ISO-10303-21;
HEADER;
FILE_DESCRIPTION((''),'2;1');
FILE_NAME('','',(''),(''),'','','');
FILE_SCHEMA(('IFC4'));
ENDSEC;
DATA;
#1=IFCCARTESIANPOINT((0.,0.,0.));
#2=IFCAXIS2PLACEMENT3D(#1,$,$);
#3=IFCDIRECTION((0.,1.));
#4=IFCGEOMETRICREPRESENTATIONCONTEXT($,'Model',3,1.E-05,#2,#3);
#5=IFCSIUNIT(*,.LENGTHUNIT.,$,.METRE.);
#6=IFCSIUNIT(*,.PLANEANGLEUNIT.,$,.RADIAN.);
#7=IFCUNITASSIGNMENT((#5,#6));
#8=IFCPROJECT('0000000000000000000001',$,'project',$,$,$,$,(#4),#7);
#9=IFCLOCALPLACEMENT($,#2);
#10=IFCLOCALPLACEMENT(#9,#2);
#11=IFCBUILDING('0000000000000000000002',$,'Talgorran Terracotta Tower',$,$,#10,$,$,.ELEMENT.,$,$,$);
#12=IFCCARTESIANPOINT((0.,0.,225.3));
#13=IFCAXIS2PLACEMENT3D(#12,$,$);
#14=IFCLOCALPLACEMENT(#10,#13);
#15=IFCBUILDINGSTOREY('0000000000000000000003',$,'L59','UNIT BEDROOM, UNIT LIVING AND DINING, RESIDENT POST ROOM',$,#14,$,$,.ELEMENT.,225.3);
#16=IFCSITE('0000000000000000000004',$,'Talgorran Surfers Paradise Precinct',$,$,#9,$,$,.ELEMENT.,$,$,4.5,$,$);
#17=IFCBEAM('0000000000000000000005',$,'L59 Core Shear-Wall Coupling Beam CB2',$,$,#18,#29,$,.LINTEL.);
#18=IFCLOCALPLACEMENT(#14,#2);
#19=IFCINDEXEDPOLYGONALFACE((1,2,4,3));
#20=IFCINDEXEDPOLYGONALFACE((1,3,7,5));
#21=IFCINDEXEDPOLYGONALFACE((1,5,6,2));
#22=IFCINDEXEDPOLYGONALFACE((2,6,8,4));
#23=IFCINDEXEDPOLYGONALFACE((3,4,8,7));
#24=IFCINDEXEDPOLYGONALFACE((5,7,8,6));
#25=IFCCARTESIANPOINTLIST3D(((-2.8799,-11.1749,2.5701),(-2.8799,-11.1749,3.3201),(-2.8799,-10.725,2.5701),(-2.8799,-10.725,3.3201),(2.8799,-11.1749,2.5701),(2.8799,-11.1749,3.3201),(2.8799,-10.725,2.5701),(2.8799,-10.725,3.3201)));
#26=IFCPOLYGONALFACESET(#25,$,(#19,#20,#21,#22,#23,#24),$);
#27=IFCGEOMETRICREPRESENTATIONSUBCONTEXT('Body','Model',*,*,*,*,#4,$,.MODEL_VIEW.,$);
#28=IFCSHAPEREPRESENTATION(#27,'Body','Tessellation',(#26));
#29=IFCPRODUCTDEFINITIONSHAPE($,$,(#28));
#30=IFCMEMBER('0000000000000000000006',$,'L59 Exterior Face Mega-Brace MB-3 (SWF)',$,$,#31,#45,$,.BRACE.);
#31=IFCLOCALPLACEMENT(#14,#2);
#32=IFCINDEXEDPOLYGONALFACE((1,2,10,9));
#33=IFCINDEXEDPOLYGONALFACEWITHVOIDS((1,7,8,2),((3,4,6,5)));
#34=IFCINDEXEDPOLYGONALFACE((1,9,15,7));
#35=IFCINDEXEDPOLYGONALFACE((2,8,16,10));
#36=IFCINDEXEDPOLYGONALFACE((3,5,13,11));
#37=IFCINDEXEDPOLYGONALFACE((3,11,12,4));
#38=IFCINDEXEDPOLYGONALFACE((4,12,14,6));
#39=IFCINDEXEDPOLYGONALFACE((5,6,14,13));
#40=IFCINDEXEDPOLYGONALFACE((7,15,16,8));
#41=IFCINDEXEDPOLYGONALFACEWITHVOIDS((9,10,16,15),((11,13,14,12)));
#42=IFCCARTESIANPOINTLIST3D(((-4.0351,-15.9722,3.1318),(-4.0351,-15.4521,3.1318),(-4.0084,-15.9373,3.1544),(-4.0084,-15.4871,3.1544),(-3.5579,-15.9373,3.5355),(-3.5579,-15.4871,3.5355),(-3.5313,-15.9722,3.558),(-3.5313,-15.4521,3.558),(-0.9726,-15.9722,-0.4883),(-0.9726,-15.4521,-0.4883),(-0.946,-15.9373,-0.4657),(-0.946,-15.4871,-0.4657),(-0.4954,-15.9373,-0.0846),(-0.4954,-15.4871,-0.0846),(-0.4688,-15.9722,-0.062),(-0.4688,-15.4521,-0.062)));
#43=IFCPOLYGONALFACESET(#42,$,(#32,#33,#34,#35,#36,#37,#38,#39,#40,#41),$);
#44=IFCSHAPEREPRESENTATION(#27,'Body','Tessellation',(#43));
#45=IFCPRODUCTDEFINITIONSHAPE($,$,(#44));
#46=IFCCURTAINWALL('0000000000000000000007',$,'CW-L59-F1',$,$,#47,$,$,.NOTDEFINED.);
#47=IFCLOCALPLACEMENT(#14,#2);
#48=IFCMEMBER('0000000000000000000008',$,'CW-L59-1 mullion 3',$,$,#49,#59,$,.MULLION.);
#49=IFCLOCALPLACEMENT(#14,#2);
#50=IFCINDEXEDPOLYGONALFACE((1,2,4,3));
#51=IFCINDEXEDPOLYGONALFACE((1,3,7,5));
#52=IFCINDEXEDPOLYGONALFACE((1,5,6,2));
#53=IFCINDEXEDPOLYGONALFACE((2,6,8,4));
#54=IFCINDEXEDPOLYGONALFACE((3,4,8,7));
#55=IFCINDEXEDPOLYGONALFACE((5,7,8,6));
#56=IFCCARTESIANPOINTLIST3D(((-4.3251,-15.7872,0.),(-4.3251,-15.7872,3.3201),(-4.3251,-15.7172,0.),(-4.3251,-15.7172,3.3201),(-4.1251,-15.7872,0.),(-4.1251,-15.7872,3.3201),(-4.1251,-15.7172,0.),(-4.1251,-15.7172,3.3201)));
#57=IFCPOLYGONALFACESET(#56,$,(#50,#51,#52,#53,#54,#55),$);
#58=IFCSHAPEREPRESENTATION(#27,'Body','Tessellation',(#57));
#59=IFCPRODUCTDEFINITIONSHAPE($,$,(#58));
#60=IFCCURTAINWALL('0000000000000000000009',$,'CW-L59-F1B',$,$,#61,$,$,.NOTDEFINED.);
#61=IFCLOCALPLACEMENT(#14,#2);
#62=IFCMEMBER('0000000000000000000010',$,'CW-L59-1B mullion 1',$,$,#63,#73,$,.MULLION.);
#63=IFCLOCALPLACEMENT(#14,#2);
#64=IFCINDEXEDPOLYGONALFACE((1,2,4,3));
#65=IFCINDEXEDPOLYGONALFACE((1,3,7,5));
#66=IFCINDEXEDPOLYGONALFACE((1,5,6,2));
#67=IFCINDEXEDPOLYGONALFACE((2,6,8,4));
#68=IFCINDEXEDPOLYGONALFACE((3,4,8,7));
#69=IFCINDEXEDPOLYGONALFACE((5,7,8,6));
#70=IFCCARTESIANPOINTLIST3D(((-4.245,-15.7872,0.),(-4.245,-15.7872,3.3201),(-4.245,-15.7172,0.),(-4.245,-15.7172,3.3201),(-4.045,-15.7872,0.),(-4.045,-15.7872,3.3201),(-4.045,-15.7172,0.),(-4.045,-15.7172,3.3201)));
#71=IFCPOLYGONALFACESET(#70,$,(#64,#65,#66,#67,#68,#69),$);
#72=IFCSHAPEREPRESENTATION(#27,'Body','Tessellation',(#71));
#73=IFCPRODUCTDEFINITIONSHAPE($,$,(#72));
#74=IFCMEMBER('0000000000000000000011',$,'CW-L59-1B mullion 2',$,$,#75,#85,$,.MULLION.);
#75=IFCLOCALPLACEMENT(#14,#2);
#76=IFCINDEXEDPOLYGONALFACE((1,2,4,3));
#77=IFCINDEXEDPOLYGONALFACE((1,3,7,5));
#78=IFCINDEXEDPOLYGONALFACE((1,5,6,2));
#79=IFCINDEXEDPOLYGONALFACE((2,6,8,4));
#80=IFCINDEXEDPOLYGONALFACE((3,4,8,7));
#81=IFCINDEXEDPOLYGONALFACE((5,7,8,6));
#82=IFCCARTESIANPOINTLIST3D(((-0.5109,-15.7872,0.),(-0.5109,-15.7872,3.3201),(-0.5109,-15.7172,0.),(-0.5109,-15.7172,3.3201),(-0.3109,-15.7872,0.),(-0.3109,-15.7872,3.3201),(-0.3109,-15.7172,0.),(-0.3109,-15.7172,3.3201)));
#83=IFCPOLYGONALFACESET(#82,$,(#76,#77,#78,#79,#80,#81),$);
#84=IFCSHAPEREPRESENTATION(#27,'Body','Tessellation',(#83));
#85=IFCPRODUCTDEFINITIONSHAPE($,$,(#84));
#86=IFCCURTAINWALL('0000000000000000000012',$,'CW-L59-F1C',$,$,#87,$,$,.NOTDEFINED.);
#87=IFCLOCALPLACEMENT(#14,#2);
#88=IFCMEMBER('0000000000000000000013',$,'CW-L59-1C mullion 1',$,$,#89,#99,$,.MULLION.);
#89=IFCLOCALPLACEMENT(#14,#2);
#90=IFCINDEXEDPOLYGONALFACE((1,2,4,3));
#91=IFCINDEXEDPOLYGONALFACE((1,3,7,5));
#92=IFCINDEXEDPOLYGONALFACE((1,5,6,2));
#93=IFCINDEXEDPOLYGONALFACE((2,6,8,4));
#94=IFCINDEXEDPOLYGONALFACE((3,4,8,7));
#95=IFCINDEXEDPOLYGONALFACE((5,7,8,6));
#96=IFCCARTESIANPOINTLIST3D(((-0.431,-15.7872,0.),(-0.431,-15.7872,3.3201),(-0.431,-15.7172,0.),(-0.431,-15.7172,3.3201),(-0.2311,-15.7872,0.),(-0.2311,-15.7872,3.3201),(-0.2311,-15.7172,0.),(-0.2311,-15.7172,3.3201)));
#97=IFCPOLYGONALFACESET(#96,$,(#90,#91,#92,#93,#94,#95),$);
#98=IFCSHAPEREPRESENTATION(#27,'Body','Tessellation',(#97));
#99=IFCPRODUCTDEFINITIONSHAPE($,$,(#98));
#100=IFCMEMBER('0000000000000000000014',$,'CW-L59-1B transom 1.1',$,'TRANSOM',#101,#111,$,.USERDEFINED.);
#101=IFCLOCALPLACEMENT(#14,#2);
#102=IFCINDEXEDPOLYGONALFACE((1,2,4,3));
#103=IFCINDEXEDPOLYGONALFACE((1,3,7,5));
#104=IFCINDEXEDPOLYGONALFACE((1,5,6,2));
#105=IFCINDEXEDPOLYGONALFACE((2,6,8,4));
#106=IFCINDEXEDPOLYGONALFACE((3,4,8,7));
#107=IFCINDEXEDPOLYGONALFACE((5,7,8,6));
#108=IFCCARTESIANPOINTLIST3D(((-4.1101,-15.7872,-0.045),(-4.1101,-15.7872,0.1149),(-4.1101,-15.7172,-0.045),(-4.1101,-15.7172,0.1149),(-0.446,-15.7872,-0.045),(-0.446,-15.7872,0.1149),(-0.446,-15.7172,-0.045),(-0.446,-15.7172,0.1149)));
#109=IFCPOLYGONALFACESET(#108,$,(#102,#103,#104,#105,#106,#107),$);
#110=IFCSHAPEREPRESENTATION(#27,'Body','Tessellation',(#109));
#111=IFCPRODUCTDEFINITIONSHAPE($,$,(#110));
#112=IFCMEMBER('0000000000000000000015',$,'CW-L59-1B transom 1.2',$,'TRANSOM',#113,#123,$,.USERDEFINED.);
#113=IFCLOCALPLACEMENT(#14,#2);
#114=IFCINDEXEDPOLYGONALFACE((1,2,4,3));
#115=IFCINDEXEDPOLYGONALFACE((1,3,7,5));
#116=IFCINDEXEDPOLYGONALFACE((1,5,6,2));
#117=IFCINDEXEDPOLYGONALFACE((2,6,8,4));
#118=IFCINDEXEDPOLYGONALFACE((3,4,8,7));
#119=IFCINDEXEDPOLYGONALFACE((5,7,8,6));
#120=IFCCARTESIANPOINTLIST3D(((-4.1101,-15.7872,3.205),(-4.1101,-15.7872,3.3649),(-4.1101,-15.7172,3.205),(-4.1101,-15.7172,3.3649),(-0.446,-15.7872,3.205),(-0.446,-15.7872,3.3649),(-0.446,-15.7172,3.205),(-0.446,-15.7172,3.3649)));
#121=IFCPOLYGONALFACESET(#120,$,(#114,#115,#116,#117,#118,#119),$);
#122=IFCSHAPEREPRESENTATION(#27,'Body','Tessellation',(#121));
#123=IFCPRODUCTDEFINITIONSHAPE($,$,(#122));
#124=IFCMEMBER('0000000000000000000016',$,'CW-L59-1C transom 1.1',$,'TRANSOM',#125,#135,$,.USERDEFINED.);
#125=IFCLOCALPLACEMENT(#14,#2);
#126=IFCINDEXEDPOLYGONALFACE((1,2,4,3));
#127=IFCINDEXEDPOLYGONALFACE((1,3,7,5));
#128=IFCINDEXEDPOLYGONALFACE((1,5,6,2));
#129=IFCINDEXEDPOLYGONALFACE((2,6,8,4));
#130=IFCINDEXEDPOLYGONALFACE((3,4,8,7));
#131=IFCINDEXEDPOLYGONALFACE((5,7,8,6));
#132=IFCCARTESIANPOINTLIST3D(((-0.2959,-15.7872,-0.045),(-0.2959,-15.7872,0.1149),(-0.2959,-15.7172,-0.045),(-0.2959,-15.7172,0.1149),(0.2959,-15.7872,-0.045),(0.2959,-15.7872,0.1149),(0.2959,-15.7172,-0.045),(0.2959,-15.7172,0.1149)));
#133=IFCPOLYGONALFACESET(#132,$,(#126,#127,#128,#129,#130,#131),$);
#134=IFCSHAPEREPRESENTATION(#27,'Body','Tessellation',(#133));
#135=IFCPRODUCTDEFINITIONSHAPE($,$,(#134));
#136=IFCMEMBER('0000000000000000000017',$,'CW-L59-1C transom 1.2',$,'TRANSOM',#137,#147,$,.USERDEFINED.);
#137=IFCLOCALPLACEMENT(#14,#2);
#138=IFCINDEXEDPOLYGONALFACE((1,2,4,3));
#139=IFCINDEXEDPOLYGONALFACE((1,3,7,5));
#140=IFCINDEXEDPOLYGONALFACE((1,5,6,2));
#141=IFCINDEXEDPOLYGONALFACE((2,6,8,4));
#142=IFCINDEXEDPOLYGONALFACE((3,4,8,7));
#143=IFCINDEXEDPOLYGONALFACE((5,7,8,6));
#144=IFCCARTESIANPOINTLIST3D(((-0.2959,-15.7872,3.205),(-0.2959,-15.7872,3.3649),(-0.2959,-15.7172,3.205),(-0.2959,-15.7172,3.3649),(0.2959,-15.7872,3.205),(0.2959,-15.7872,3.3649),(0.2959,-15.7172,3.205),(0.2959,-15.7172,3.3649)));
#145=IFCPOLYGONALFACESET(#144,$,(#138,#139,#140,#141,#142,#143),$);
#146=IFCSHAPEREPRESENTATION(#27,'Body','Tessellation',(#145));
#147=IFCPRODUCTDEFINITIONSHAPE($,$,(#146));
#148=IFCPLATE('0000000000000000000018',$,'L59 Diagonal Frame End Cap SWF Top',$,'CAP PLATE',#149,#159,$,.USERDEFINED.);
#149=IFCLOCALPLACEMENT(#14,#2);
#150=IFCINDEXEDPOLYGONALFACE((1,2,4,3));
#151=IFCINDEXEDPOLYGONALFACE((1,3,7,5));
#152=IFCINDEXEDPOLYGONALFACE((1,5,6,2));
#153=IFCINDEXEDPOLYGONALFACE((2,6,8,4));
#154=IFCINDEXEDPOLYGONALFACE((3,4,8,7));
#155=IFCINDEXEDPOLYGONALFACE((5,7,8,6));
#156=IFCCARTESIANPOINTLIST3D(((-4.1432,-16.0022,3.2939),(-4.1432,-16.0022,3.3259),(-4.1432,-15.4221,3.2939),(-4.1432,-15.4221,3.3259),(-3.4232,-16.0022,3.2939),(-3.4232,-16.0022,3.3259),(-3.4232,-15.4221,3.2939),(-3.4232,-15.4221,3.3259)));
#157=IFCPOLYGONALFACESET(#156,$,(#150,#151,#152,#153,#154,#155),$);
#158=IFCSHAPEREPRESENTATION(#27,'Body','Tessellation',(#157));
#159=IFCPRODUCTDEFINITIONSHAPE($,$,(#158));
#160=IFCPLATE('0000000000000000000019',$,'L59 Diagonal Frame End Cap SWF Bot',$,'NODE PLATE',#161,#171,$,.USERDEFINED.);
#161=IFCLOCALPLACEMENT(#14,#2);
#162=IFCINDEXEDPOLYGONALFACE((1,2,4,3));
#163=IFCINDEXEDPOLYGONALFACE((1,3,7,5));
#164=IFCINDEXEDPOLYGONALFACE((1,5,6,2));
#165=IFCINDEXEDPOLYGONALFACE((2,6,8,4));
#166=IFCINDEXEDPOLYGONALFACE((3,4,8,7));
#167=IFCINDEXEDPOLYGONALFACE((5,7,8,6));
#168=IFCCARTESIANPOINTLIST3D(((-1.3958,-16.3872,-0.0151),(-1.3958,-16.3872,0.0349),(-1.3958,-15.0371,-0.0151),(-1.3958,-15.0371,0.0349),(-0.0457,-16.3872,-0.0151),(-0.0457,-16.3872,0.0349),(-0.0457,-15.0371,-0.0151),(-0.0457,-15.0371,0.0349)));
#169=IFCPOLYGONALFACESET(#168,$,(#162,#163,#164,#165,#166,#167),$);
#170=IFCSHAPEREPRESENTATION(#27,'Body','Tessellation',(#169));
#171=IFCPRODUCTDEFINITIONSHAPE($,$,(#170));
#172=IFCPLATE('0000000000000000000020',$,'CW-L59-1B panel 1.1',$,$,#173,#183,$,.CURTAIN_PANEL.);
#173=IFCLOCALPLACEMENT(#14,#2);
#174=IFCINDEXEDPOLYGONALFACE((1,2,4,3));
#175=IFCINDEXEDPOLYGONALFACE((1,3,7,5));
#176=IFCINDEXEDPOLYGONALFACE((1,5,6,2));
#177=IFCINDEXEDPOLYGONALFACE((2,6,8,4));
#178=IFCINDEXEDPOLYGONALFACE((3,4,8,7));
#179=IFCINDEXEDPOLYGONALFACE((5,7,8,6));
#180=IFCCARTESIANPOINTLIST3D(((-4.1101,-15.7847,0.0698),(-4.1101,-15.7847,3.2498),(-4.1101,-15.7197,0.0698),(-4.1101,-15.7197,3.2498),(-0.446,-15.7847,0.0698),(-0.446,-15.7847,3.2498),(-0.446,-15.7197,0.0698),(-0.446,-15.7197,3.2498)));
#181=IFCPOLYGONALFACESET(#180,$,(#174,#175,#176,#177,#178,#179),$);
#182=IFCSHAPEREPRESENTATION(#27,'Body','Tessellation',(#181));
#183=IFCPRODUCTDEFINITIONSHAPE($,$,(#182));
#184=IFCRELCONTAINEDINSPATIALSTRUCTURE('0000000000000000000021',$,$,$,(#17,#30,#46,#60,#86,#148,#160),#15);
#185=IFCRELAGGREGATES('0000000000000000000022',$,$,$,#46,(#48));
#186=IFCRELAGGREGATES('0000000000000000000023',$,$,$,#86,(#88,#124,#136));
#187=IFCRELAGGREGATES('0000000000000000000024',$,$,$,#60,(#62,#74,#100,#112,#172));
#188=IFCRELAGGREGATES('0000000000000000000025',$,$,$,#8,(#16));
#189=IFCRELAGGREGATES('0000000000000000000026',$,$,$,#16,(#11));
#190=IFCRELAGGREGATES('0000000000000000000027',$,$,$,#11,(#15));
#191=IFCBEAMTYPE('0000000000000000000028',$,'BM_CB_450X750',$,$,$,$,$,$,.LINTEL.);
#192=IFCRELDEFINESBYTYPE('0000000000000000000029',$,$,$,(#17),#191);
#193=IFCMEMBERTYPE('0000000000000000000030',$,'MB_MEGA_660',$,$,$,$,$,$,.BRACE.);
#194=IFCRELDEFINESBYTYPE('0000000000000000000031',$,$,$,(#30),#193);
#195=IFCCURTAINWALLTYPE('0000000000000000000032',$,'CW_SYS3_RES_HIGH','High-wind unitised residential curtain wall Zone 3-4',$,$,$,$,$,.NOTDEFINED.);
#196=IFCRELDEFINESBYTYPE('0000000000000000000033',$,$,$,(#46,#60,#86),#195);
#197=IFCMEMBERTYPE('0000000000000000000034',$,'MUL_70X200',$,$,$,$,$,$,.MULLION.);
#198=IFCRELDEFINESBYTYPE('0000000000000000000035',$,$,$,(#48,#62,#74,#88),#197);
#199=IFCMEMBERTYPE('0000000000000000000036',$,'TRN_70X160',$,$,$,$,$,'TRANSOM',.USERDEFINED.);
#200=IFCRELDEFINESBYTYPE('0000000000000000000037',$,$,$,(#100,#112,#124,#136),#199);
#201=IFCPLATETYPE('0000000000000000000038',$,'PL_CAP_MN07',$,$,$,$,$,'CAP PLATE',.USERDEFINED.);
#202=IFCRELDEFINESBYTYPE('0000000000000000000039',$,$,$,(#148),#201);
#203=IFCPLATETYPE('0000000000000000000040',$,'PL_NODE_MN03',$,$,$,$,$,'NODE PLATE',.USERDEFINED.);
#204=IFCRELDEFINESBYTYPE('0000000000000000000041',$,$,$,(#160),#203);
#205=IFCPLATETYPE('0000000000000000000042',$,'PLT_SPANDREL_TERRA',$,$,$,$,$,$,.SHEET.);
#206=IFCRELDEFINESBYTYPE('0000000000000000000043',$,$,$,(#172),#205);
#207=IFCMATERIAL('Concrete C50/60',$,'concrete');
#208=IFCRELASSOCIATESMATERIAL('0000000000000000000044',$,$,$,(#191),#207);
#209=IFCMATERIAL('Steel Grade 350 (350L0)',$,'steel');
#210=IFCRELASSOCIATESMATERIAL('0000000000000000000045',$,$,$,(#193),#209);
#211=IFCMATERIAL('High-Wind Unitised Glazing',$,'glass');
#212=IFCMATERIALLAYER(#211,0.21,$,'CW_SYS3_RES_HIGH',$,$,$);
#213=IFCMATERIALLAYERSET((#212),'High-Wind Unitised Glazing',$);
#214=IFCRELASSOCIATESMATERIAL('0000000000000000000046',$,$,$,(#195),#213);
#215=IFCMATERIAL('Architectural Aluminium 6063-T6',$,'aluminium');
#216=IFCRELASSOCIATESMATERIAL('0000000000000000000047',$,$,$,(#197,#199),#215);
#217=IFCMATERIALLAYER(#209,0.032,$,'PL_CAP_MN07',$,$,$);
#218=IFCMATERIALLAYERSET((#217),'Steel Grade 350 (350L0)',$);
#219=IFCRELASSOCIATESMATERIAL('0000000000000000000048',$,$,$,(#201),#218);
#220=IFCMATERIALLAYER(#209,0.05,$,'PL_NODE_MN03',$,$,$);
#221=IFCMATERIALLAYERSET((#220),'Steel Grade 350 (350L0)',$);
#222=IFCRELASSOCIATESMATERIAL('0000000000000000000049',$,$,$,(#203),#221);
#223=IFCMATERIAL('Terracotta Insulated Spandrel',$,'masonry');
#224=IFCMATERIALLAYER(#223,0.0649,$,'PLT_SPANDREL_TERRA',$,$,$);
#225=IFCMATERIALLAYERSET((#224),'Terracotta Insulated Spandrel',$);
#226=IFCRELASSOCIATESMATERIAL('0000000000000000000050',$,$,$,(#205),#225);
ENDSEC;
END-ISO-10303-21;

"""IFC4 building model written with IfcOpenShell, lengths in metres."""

from ifc_helpers import new_model, si_unit, direction, frame, origin, origin_2d, place, context, subcontext, project, spatial, rectangle, hollow_rectangle, extrude, source, transform, mapped, material, layer, layer_set, material_profile, profile_set, type_object, type_shapes, element, aggregate, save


model = new_model("IFC4")

# Units and contexts
model_context = context("Model", 3, precision=1e-05, world=origin(), true_north=direction((0.0, 1.0)))
body_context = subcontext(model_context, "Body", "Model", "MODEL_VIEW")
ifc_project = project(units=[si_unit("LENGTHUNIT", "METRE"), si_unit("PLANEANGLEUNIT", "RADIAN")], contexts=[model_context])

# Site, building, storey
site_placement = place(None, origin())
site = spatial("IfcSite", under=ifc_project, at=site_placement, Name="Talgorran Surfers Paradise Precinct", CompositionType="ELEMENT", RefElevation=4.5)
building_placement = place(site_placement, origin())
building = spatial("IfcBuilding", under=site, at=building_placement, Name="Talgorran Terracotta Tower", CompositionType="ELEMENT")
storey_placement = place(building_placement, frame((0.0, 0.0, 225.3)))
storey = spatial("IfcBuildingStorey", under=building, at=storey_placement, Name="L59", Description="UNIT BEDROOM, UNIT LIVING AND DINING, RESIDENT POST ROOM", CompositionType="ELEMENT", Elevation=225.3)

# Beam
ifc_material_1 = material(Name="Concrete C50/60", Category="concrete")
ifc_material_profile_1 = material_profile(ifc_material_1, rectangle(XDim=0.45, YDim=0.75, at=origin_2d()), Name="RCCB450X750")
ifc_profile_set_1 = profile_set([ifc_material_profile_1], Name="Concrete C50/60")
beam_type = type_object("IfcBeamType", Name="BM_CB_450X750", PredefinedType="LINTEL", material=ifc_profile_set_1)
beam_placement = place(storey_placement, frame((-2.8799, -10.95, 2.9451), z_axis=(1.0, 0.0, 0.0), x_axis=(0.0, 1.0, 0.0)))
element("IfcBeam", 1, at=beam_placement, inside=storey, type_object=beam_type, Name="L59 Core Shear-Wall Coupling Beam CB2", PredefinedType="LINTEL", context=body_context, shape_type="SweptSolid", body=[
    extrude(rectangle(XDim=0.45, YDim=0.75, at=origin_2d()), origin(), (0.0, 0.0, 1.0), 5.7598),
])

# Member
ifc_material_2 = material(Name="Steel Grade 350 (350L0)", Category="steel")
ifc_material_profile_2 = material_profile(ifc_material_2, hollow_rectangle(XDim=0.52, YDim=0.6599, WallThickness=0.0349, at=origin_2d()), Name="WBOX660X520X35")
ifc_profile_set_2 = profile_set([ifc_material_profile_2], Name="Steel Grade 350 (350L0)")
member_type_1 = type_object("IfcMemberType", Name="MB_MEGA_660", PredefinedType="BRACE", material=ifc_profile_set_2)
member_1_placement = place(storey_placement, frame((-0.7207, -15.7122, -0.2751), z_axis=(-0.645859, 0.0, 0.763457), x_axis=(0.0, -1.0, 0.0)))
element("IfcMember", 2, at=member_1_placement, inside=storey, type_object=member_type_1, Name="L59 Exterior Face Mega-Brace MB-3 (SWF)", PredefinedType="BRACE", context=body_context, shape_type="SweptSolid", body=[
    extrude(hollow_rectangle(XDim=0.52, YDim=0.6599, WallThickness=0.0349, at=origin_2d()), origin(), (0.0, 0.0, 1.0), 4.7417),
])

# Curtain wall, member
ifc_material_3 = material(Name="High-Wind Unitised Glazing", Category="glass")
ifc_layer_1 = layer(ifc_material_3, 0.21, Name="CW_SYS3_RES_HIGH")
ifc_layer_set_1 = layer_set([ifc_layer_1], Name="High-Wind Unitised Glazing")
curtain_wall_type = type_object("IfcCurtainWallType", Name="CW_SYS3_RES_HIGH", Description="High-wind unitised residential curtain wall Zone 3-4", PredefinedType="NOTDEFINED", material=ifc_layer_set_1)
curtain_wall_1_placement = place(storey_placement, origin())
curtain_wall_1 = element("IfcCurtainWall", 3, at=curtain_wall_1_placement, inside=storey, type_object=curtain_wall_type, Name="CW-L59-F1", PredefinedType="NOTDEFINED")
ifc_material_4 = material(Name="Architectural Aluminium 6063-T6", Category="aluminium")
ifc_material_profile_3 = material_profile(ifc_material_4, rectangle(XDim=0.0701, YDim=0.2, at=origin_2d()), Name="CWM70X200")
ifc_profile_set_3 = profile_set([ifc_material_profile_3], Name="Architectural Aluminium 6063-T6")
member_type_2 = type_object("IfcMemberType", Name="MUL_70X200", PredefinedType="MULLION", material=ifc_profile_set_3)
member_2_placement = place(storey_placement, frame((-4.2251, -15.7522, 0.0), z_axis=(0.0, 0.0, 1.0), x_axis=(0.0, 1.0, 0.0)))
member_2 = element("IfcMember", 4, at=member_2_placement, type_object=member_type_2, Name="CW-L59-1 mullion 3", PredefinedType="MULLION", context=body_context, shape_type="SweptSolid", body=[
    extrude(rectangle(XDim=0.0701, YDim=0.2, at=origin_2d()), origin(), (0.0, 0.0, 1.0), 3.3201),
])
aggregate(curtain_wall_1, [member_2])

# Curtain wall, members
curtain_wall_2_placement = place(storey_placement, origin())
curtain_wall_2 = element("IfcCurtainWall", 5, at=curtain_wall_2_placement, inside=storey, type_object=curtain_wall_type, Name="CW-L59-F1B", PredefinedType="NOTDEFINED")
member_3_placement = place(storey_placement, frame((-4.145, -15.7522, 0.0), z_axis=(0.0, 0.0, 1.0), x_axis=(0.0, 1.0, 0.0)))
member_3 = element("IfcMember", 6, at=member_3_placement, type_object=member_type_2, Name="CW-L59-1B mullion 1", PredefinedType="MULLION", context=body_context, shape_type="SweptSolid", body=[
    extrude(rectangle(XDim=0.0701, YDim=0.2, at=origin_2d()), origin(), (0.0, 0.0, 1.0), 3.3201),
])
member_4_placement = place(storey_placement, frame((-0.4109, -15.7522, 0.0), z_axis=(0.0, 0.0, 1.0), x_axis=(0.0, 1.0, 0.0)))
member_4 = element("IfcMember", 7, at=member_4_placement, type_object=member_type_2, Name="CW-L59-1B mullion 2", PredefinedType="MULLION", context=body_context, shape_type="SweptSolid", body=[
    extrude(rectangle(XDim=0.0701, YDim=0.2, at=origin_2d()), origin(), (0.0, 0.0, 1.0), 3.3201),
])

# Curtain wall, member
curtain_wall_3_placement = place(storey_placement, origin())
curtain_wall_3 = element("IfcCurtainWall", 8, at=curtain_wall_3_placement, inside=storey, type_object=curtain_wall_type, Name="CW-L59-F1C", PredefinedType="NOTDEFINED")
member_5_placement = place(storey_placement, frame((-0.3311, -15.7522, 0.0), z_axis=(0.0, 0.0, 1.0), x_axis=(0.0, 1.0, 0.0)))
member_5 = element("IfcMember", 9, at=member_5_placement, type_object=member_type_2, Name="CW-L59-1C mullion 1", PredefinedType="MULLION", context=body_context, shape_type="SweptSolid", body=[
    extrude(rectangle(XDim=0.0701, YDim=0.2, at=origin_2d()), origin(), (0.0, 0.0, 1.0), 3.3201),
])

# Members
ifc_material_profile_4 = material_profile(ifc_material_4, rectangle(XDim=0.0701, YDim=0.1599, at=origin_2d()), Name="CWT70X160")
ifc_profile_set_4 = profile_set([ifc_material_profile_4], Name="Architectural Aluminium 6063-T6")
member_type_3 = type_object("IfcMemberType", Name="TRN_70X160", ElementType="TRANSOM", PredefinedType="USERDEFINED", material=ifc_profile_set_4)
member_6_placement = place(storey_placement, frame((-4.1101, -15.7522, 0.0349), z_axis=(1.0, 0.0, 0.0), x_axis=(0.0, 1.0, 0.0)))
member_6 = element("IfcMember", 10, at=member_6_placement, type_object=member_type_3, Name="CW-L59-1B transom 1.1", ObjectType="TRANSOM", PredefinedType="USERDEFINED", context=body_context, shape_type="SweptSolid", body=[
    extrude(rectangle(XDim=0.0701, YDim=0.1599, at=origin_2d()), origin(), (0.0, 0.0, 1.0), 3.6641),
])
member_7_placement = place(storey_placement, frame((-4.1101, -15.7522, 3.2849), z_axis=(1.0, 0.0, 0.0), x_axis=(0.0, 1.0, 0.0)))
member_7 = element("IfcMember", 11, at=member_7_placement, type_object=member_type_3, Name="CW-L59-1B transom 1.2", ObjectType="TRANSOM", PredefinedType="USERDEFINED", context=body_context, shape_type="SweptSolid", body=[
    extrude(rectangle(XDim=0.0701, YDim=0.1599, at=origin_2d()), origin(), (0.0, 0.0, 1.0), 3.6641),
])
member_8_placement = place(storey_placement, frame((-0.2959, -15.7522, 0.0349), z_axis=(1.0, 0.0, 0.0), x_axis=(0.0, 1.0, 0.0)))
member_8 = element("IfcMember", 12, at=member_8_placement, type_object=member_type_3, Name="CW-L59-1C transom 1.1", ObjectType="TRANSOM", PredefinedType="USERDEFINED", context=body_context, shape_type="SweptSolid", body=[
    extrude(rectangle(XDim=0.0701, YDim=0.1599, at=origin_2d()), origin(), (0.0, 0.0, 1.0), 0.5918),
])
member_9_placement = place(storey_placement, frame((-0.2959, -15.7522, 3.2849), z_axis=(1.0, 0.0, 0.0), x_axis=(0.0, 1.0, 0.0)))
member_9 = element("IfcMember", 13, at=member_9_placement, type_object=member_type_3, Name="CW-L59-1C transom 1.2", ObjectType="TRANSOM", PredefinedType="USERDEFINED", context=body_context, shape_type="SweptSolid", body=[
    extrude(rectangle(XDim=0.0701, YDim=0.1599, at=origin_2d()), origin(), (0.0, 0.0, 1.0), 0.5918),
])
aggregate(curtain_wall_3, [member_5, member_8, member_9])

# Plates
ifc_layer_2 = layer(ifc_material_2, 0.032, Name="PL_CAP_MN07")
ifc_layer_set_2 = layer_set([ifc_layer_2], Name="Steel Grade 350 (350L0)")
plate_type_1 = type_object("IfcPlateType", Name="PL_CAP_MN07", ElementType="CAP PLATE", PredefinedType="USERDEFINED", material=ifc_layer_set_2)
plate_1_placement = place(storey_placement, frame((-3.7832, -15.7122, 3.2939), z_axis=(0.0, 0.0, 1.0), x_axis=(-1.0, 0.0, 0.0)))
element("IfcPlate", 14, at=plate_1_placement, inside=storey, type_object=plate_type_1, Name="L59 Diagonal Frame End Cap SWF Top", ObjectType="CAP PLATE", PredefinedType="USERDEFINED", context=body_context, shape_type="SweptSolid", body=[
    extrude(rectangle(XDim=0.72, YDim=0.5801, at=origin_2d()), origin(), (0.0, 0.0, 1.0), 0.032),
])
ifc_layer_3 = layer(ifc_material_2, 0.05, Name="PL_NODE_MN03")
ifc_layer_set_3 = layer_set([ifc_layer_3], Name="Steel Grade 350 (350L0)")
plate_type_2 = type_object("IfcPlateType", Name="PL_NODE_MN03", ElementType="NODE PLATE", PredefinedType="USERDEFINED", material=ifc_layer_set_3)
plate_2_placement = place(storey_placement, frame((-0.7207, -15.7122, -0.0151), z_axis=(0.0, 0.0, 1.0), x_axis=(-1.0, 0.0, 0.0)))
element("IfcPlate", 15, at=plate_2_placement, inside=storey, type_object=plate_type_2, Name="L59 Diagonal Frame End Cap SWF Bot", ObjectType="NODE PLATE", PredefinedType="USERDEFINED", context=body_context, shape_type="SweptSolid", body=[
    extrude(rectangle(XDim=1.3501, YDim=1.3501, at=origin_2d()), origin(), (0.0, 0.0, 1.0), 0.05),
])

# Plate
ifc_material_5 = material(Name="Terracotta Insulated Spandrel", Category="masonry")
ifc_layer_4 = layer(ifc_material_5, 0.0649, Name="PLT_SPANDREL_TERRA")
ifc_layer_set_4 = layer_set([ifc_layer_4], Name="Terracotta Insulated Spandrel")
plate_type_3 = type_object("IfcPlateType", Name="PLT_SPANDREL_TERRA", PredefinedType="SHEET", material=ifc_layer_set_4)
shared_shape = source(origin(), body_context, "Body", "SweptSolid", [
    extrude(rectangle(XDim=3.6641, YDim=0.0649, at=origin_2d()), origin(), (0.0, 0.0, 1.0), 3.1799),
])
type_shapes(plate_type_3, [shared_shape])
plate_3_placement = place(storey_placement, frame((-2.2781, -15.7522, 0.0698), z_axis=(0.0, 0.0, 1.0), x_axis=(1.0, 0.0, 0.0)))
plate_3 = element("IfcPlate", 16, at=plate_3_placement, type_object=plate_type_3, Name="CW-L59-1B panel 1.1", PredefinedType="CURTAIN_PANEL", context=body_context, shape_type="MappedRepresentation", body=[
    mapped(shared_shape, transform((0.0, 0.0, 0.0), scale=1.0)),
])
aggregate(curtain_wall_2, [member_3, member_4, member_6, member_7, plate_3])

save(model, "model.ifc")
